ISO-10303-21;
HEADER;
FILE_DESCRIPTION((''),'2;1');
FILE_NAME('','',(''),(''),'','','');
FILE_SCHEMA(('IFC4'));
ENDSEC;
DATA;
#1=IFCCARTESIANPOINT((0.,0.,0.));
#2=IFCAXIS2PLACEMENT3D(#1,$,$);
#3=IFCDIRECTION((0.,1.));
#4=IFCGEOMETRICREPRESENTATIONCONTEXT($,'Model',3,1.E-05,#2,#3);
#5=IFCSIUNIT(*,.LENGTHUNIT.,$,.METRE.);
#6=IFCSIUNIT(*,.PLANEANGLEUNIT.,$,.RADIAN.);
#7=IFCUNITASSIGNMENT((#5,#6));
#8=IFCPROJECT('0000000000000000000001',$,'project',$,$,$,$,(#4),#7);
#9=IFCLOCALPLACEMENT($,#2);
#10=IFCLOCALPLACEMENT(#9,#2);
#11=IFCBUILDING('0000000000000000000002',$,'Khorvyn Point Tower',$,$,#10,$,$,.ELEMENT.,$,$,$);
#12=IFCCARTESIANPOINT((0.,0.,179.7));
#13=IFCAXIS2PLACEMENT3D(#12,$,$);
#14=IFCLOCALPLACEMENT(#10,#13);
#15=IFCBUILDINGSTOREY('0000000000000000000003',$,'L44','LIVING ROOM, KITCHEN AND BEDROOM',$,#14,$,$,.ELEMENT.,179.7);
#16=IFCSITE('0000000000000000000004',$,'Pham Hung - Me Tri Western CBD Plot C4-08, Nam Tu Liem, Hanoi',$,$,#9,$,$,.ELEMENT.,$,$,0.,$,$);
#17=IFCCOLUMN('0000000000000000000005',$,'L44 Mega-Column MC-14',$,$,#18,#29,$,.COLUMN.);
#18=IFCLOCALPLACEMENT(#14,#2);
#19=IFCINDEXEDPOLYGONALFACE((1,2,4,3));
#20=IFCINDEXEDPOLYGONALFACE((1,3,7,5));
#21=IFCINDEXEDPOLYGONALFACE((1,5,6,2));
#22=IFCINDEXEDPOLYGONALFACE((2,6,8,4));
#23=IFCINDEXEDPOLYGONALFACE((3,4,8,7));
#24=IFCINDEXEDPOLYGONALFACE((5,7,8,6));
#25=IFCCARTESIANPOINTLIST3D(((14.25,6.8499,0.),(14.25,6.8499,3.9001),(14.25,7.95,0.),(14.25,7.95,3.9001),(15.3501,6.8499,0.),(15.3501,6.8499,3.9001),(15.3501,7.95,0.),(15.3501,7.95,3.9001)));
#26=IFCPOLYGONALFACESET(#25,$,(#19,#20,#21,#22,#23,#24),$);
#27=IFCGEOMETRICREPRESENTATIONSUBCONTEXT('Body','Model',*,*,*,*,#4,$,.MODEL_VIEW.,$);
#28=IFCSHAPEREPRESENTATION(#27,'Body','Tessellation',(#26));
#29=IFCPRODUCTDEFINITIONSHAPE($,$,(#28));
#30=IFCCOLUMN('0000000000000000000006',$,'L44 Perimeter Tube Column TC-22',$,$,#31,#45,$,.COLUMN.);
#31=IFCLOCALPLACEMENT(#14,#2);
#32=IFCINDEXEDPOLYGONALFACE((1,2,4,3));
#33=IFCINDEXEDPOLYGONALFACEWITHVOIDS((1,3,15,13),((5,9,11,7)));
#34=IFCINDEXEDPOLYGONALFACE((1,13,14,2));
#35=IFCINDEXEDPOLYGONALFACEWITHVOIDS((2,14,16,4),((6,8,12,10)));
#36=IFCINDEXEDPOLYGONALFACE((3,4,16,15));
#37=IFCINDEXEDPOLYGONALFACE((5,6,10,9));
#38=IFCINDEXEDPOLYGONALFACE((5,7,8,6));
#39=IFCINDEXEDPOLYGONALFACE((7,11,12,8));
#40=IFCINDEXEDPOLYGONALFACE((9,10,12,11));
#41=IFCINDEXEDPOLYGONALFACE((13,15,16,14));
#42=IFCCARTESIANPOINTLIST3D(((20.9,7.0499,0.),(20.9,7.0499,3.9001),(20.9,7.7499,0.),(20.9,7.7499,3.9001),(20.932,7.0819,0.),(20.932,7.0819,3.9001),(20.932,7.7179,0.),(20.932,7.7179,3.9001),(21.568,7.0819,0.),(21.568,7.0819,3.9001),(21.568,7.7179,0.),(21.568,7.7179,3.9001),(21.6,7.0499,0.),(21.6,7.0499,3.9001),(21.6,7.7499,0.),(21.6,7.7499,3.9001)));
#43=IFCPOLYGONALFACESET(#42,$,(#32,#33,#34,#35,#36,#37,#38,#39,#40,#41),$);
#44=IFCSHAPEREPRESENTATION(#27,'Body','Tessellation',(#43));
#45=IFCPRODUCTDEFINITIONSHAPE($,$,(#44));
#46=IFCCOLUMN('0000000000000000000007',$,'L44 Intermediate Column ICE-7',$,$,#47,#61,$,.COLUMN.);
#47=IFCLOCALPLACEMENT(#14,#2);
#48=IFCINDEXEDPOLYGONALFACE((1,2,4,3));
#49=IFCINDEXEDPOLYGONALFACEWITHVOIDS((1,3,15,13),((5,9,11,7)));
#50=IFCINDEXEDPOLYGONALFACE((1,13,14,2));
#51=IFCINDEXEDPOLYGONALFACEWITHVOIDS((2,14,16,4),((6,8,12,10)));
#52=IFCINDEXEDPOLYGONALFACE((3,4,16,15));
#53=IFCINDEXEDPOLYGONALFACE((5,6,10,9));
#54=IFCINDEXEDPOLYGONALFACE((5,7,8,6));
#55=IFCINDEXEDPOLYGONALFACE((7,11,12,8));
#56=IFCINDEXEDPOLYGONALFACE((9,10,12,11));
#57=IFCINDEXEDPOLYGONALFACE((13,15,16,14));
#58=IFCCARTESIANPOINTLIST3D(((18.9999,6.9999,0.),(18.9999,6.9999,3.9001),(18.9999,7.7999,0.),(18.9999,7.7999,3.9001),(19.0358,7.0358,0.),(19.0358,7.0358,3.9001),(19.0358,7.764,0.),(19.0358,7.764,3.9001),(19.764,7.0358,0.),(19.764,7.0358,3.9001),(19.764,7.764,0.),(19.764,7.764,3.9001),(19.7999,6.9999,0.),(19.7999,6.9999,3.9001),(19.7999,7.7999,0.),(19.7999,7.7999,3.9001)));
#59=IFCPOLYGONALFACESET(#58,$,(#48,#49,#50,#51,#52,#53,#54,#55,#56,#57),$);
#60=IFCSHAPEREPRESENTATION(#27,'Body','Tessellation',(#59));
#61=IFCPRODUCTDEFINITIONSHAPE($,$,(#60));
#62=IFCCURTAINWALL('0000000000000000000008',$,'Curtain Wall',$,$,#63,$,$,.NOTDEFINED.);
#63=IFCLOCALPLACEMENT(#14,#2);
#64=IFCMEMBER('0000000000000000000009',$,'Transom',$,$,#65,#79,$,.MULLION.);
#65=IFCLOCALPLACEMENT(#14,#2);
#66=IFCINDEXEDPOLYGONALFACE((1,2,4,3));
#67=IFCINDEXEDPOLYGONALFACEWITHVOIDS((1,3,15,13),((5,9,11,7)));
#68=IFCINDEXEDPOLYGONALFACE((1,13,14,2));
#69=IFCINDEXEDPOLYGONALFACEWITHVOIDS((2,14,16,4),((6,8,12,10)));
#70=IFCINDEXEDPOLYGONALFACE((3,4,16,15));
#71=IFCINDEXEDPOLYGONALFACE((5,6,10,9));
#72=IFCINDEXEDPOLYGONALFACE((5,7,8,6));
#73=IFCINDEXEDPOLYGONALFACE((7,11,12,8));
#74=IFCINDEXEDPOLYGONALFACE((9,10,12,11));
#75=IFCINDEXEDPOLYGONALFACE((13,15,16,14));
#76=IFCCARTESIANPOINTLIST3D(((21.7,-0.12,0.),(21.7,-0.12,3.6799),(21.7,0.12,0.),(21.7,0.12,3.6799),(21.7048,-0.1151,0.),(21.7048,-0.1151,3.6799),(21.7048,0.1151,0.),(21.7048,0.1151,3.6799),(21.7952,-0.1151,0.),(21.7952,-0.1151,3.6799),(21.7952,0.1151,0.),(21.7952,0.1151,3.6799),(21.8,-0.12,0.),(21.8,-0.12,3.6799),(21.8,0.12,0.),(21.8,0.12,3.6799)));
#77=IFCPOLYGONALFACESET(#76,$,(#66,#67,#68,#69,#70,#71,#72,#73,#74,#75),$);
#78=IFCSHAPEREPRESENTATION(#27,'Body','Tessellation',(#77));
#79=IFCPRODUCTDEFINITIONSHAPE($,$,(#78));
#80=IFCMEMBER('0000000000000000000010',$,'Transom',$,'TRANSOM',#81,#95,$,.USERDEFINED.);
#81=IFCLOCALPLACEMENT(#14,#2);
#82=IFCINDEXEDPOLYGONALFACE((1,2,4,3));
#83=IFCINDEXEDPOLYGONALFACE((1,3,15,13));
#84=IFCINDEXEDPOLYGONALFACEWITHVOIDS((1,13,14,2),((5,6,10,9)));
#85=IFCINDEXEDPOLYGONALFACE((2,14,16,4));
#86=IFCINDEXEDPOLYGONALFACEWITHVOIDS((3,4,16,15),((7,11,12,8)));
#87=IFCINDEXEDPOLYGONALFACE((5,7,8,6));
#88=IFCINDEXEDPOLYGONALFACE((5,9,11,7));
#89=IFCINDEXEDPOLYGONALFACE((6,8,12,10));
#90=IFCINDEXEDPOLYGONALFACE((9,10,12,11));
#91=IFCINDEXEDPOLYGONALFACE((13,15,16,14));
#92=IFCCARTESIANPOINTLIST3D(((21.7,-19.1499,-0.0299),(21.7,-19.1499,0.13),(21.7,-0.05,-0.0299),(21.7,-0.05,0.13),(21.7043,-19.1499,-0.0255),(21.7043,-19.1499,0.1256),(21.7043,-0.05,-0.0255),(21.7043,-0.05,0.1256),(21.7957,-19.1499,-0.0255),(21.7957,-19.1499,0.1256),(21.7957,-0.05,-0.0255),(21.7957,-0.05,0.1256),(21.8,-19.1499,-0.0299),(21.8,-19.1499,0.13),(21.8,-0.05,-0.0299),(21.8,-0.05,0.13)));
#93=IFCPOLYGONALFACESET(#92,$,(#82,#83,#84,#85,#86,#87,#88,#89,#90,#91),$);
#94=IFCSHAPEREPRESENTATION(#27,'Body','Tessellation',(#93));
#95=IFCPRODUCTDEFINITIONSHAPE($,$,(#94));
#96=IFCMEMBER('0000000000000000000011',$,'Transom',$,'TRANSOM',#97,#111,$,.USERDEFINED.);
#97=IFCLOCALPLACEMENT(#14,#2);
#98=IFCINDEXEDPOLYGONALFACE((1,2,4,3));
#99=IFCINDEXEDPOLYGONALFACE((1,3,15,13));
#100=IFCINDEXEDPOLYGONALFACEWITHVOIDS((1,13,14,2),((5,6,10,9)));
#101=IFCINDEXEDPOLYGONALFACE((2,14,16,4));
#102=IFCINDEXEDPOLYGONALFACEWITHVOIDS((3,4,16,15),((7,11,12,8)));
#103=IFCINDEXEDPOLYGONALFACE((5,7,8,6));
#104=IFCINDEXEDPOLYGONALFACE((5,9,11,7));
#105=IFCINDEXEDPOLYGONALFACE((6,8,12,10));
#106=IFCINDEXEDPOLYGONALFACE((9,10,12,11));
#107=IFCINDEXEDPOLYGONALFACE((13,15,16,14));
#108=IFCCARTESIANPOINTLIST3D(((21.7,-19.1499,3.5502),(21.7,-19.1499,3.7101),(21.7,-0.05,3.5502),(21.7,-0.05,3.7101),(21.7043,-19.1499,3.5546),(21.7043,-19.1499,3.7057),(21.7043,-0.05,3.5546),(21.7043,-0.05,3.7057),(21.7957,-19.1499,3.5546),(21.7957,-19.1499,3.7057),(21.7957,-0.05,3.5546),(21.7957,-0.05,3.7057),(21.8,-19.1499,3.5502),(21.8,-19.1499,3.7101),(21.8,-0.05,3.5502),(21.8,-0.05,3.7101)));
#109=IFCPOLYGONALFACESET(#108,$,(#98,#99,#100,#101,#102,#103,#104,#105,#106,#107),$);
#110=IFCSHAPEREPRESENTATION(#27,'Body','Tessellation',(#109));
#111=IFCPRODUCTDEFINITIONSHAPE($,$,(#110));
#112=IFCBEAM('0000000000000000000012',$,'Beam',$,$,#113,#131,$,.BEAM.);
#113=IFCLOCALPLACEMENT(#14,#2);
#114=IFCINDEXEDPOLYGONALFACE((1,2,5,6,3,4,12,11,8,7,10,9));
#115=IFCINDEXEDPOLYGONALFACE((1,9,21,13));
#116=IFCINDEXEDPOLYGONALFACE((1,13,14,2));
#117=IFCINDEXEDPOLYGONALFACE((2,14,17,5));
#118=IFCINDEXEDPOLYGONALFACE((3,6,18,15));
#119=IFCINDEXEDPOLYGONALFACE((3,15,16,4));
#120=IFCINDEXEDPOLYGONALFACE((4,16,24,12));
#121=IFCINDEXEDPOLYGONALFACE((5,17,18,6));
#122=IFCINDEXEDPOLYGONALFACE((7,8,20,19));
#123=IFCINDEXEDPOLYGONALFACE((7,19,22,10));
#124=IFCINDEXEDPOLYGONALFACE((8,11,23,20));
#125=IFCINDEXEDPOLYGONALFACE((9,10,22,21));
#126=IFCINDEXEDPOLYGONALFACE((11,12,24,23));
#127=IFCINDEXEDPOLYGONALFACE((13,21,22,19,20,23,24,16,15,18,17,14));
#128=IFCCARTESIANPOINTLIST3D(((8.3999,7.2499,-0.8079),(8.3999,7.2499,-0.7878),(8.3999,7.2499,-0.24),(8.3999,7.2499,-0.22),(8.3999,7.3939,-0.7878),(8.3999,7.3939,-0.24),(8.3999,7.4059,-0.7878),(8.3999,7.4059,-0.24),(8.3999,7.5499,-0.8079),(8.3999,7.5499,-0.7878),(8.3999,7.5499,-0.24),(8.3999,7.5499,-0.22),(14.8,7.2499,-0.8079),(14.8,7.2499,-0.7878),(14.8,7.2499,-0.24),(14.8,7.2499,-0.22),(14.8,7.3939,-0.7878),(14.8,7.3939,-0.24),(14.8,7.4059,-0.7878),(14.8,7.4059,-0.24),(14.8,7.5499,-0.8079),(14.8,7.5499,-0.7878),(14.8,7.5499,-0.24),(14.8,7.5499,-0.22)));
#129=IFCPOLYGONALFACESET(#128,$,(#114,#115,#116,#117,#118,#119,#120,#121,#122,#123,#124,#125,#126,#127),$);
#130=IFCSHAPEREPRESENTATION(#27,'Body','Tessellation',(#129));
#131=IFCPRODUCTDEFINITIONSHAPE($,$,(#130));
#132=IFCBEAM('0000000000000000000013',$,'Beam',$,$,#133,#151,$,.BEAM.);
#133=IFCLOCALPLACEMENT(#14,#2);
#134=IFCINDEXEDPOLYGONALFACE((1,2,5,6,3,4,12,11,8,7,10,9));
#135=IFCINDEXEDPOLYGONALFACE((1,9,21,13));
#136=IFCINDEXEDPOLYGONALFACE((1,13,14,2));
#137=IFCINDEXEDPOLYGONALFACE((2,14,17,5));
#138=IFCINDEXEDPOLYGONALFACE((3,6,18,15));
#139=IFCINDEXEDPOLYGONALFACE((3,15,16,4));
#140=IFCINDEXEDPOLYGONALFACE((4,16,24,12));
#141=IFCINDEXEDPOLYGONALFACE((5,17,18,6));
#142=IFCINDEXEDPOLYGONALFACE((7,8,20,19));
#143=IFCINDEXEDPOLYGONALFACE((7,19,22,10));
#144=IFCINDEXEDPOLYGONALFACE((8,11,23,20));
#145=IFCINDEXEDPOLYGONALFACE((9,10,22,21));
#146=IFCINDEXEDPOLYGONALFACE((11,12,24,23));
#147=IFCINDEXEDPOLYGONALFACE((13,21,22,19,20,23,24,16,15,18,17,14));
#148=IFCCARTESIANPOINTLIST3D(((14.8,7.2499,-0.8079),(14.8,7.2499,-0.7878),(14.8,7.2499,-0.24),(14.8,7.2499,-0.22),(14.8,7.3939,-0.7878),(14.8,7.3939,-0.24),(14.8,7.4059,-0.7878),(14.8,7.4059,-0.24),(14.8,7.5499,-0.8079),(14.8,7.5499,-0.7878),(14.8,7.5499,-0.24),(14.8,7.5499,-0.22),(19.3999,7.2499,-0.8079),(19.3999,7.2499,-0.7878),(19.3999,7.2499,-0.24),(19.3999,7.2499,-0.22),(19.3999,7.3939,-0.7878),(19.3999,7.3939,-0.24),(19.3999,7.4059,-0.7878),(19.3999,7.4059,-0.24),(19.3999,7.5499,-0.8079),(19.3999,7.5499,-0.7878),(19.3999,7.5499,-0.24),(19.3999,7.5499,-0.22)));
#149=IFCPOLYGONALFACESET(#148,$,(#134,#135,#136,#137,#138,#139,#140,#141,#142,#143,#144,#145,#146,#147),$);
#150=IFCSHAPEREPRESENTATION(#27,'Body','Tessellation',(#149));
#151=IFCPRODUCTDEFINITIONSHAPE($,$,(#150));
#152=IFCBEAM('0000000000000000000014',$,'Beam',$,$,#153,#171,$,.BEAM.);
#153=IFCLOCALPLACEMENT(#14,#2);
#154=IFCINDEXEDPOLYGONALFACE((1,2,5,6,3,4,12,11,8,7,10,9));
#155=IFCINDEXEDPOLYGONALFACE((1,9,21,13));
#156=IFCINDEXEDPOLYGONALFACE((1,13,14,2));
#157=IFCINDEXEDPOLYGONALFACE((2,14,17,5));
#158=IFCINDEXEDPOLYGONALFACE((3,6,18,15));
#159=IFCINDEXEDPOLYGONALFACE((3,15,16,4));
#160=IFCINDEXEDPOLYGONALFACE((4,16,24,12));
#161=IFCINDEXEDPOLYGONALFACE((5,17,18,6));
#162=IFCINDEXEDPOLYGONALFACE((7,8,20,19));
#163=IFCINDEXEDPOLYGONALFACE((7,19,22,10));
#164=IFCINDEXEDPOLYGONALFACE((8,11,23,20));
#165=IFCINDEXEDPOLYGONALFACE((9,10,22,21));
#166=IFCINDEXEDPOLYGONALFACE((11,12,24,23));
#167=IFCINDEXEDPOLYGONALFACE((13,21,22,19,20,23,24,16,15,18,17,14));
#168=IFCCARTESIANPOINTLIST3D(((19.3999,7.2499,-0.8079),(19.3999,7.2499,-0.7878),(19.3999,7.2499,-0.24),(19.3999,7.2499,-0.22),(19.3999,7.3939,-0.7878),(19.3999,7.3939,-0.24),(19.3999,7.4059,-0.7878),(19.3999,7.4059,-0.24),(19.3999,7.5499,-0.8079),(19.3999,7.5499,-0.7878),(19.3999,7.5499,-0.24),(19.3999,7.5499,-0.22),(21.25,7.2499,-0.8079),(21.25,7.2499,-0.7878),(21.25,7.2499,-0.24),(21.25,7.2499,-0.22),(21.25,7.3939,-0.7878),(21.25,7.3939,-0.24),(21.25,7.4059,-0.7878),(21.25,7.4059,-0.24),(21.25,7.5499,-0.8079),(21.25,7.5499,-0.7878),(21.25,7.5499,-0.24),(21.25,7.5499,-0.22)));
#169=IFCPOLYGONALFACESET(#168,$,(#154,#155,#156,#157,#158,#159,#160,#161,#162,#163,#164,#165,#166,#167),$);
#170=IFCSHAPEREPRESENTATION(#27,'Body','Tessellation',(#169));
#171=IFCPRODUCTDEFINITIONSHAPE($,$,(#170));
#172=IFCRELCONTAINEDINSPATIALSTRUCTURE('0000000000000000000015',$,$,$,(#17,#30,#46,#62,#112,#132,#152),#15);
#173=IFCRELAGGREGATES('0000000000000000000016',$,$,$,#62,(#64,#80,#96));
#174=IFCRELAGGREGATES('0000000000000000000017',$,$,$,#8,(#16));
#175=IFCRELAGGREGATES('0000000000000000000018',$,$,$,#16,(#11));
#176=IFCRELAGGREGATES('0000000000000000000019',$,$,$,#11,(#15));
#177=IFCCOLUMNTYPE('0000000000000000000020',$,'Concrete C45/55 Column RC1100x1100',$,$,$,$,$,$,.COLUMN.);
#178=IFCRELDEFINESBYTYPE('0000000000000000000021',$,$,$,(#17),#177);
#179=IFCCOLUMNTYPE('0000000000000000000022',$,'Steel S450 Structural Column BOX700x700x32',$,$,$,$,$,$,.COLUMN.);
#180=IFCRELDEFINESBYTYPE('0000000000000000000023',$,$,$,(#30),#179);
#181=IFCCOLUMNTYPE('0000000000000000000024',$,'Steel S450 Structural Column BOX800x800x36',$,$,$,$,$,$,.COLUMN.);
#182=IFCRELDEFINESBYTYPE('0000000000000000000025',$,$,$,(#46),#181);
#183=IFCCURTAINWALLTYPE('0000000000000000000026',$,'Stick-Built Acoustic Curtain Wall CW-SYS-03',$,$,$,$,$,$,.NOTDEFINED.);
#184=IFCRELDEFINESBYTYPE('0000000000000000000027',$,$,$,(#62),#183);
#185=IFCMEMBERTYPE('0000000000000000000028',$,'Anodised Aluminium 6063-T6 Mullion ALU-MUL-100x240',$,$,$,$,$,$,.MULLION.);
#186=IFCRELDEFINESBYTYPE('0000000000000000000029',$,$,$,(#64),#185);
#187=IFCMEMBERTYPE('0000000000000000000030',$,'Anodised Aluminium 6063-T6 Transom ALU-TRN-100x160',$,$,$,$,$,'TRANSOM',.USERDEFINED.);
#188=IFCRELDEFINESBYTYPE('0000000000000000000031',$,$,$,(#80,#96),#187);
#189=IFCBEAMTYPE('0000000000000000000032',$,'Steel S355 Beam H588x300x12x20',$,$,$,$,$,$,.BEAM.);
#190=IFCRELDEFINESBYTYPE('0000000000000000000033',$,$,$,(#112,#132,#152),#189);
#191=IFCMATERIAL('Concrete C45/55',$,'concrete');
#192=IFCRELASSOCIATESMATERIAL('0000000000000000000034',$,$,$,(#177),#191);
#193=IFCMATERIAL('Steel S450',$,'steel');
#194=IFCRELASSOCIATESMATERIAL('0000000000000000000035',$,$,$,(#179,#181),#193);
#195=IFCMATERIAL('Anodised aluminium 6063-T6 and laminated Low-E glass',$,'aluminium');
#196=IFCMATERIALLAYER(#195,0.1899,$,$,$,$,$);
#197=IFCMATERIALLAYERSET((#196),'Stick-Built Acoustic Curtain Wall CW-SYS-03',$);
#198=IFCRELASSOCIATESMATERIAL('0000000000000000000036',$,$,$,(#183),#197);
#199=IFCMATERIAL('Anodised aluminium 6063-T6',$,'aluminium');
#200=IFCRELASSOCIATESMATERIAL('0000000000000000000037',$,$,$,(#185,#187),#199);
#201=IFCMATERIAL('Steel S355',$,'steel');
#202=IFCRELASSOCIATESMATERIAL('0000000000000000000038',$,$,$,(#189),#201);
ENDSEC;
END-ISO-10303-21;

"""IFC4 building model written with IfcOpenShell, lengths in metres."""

from ifc_helpers import new_model, si_unit, direction, frame, origin, origin_2d, place, context, subcontext, project, spatial, rectangle, hollow_rectangle, i_section, extrude, material, layer, layer_set, material_profile, profile_set, type_object, element, aggregate, save


model = new_model("IFC4")

# Units and contexts
model_context = context("Model", 3, precision=1e-05, world=origin(), true_north=direction((0.0, 1.0)))
body_context = subcontext(model_context, "Body", "Model", "MODEL_VIEW")
ifc_project = project(units=[si_unit("LENGTHUNIT", "METRE"), si_unit("PLANEANGLEUNIT", "RADIAN")], contexts=[model_context])

# Site, building, storey
site_placement = place(None, origin())
site = spatial("IfcSite", under=ifc_project, at=site_placement, Name="Pham Hung - Me Tri Western CBD Plot C4-08, Nam Tu Liem, Hanoi", CompositionType="ELEMENT", RefElevation=0.0)
building_placement = place(site_placement, origin())
building = spatial("IfcBuilding", under=site, at=building_placement, Name="Khorvyn Point Tower", CompositionType="ELEMENT")
storey_placement = place(building_placement, frame((0.0, 0.0, 179.7)))
storey = spatial("IfcBuildingStorey", under=building, at=storey_placement, Name="L44", Description="LIVING ROOM, KITCHEN AND BEDROOM", CompositionType="ELEMENT", Elevation=179.7)

# Columns
ifc_material_1 = material(Name="Concrete C45/55", Category="concrete")
ifc_material_profile_1 = material_profile(ifc_material_1, rectangle(XDim=1.1001, YDim=1.1001, at=origin_2d()))
ifc_profile_set_1 = profile_set([ifc_material_profile_1], Name="Concrete C45/55 RC1100x1100")
column_type_1 = type_object("IfcColumnType", Name="Concrete C45/55 Column RC1100x1100", PredefinedType="COLUMN", material=ifc_profile_set_1)
column_1_placement = place(storey_placement, frame((14.8, 7.3999, 0.0), z_axis=(0.0, 0.0, 1.0), x_axis=(1.0, 0.0, 0.0)))
element("IfcColumn", 1, at=column_1_placement, inside=storey, type_object=column_type_1, Name="L44 Mega-Column MC-14", PredefinedType="COLUMN", context=body_context, shape_type="SweptSolid", body=[
    extrude(rectangle(XDim=1.1001, YDim=1.1001, at=origin_2d()), origin(), (0.0, 0.0, 1.0), 3.9001),
])
ifc_material_2 = material(Name="Steel S450", Category="steel")
ifc_material_profile_2 = material_profile(ifc_material_2, hollow_rectangle(XDim=0.7, YDim=0.7, WallThickness=0.032, at=origin_2d()))
ifc_profile_set_2 = profile_set([ifc_material_profile_2], Name="Steel S450 BOX700x700x32")
column_type_2 = type_object("IfcColumnType", Name="Steel S450 Structural Column BOX700x700x32", PredefinedType="COLUMN", material=ifc_profile_set_2)
column_2_placement = place(storey_placement, frame((21.25, 7.3999, 0.0), z_axis=(0.0, 0.0, 1.0), x_axis=(1.0, 0.0, 0.0)))
element("IfcColumn", 2, at=column_2_placement, inside=storey, type_object=column_type_2, Name="L44 Perimeter Tube Column TC-22", PredefinedType="COLUMN", context=body_context, shape_type="SweptSolid", body=[
    extrude(hollow_rectangle(XDim=0.7, YDim=0.7, WallThickness=0.032, at=origin_2d()), origin(), (0.0, 0.0, 1.0), 3.9001),
])
ifc_material_profile_3 = material_profile(ifc_material_2, hollow_rectangle(XDim=0.8, YDim=0.8, WallThickness=0.0359, at=origin_2d()))
ifc_profile_set_3 = profile_set([ifc_material_profile_3], Name="Steel S450 BOX800x800x36")
column_type_3 = type_object("IfcColumnType", Name="Steel S450 Structural Column BOX800x800x36", PredefinedType="COLUMN", material=ifc_profile_set_3)
column_3_placement = place(storey_placement, frame((19.3999, 7.3999, 0.0), z_axis=(0.0, 0.0, 1.0), x_axis=(1.0, 0.0, 0.0)))
element("IfcColumn", 3, at=column_3_placement, inside=storey, type_object=column_type_3, Name="L44 Intermediate Column ICE-7", PredefinedType="COLUMN", context=body_context, shape_type="SweptSolid", body=[
    extrude(hollow_rectangle(XDim=0.8, YDim=0.8, WallThickness=0.0359, at=origin_2d()), origin(), (0.0, 0.0, 1.0), 3.9001),
])

# Curtain wall, members
ifc_material_3 = material(Name="Anodised aluminium 6063-T6 and laminated Low-E glass", Category="aluminium")
ifc_layer_1 = layer(ifc_material_3, 0.1899)
ifc_layer_set_1 = layer_set([ifc_layer_1], Name="Stick-Built Acoustic Curtain Wall CW-SYS-03")
curtain_wall_type = type_object("IfcCurtainWallType", Name="Stick-Built Acoustic Curtain Wall CW-SYS-03", PredefinedType="NOTDEFINED", material=ifc_layer_set_1)
curtain_wall_placement = place(storey_placement, origin())
curtain_wall = element("IfcCurtainWall", 4, at=curtain_wall_placement, inside=storey, type_object=curtain_wall_type, Name="Curtain Wall", PredefinedType="NOTDEFINED")
ifc_material_4 = material(Name="Anodised aluminium 6063-T6", Category="aluminium")
ifc_material_profile_4 = material_profile(ifc_material_4, hollow_rectangle(XDim=0.1001, YDim=0.24, WallThickness=0.0049, at=origin_2d()))
ifc_profile_set_4 = profile_set([ifc_material_profile_4], Name="Anodised aluminium 6063-T6 ALU-MUL-100x240")
member_type_1 = type_object("IfcMemberType", Name="Anodised Aluminium 6063-T6 Mullion ALU-MUL-100x240", PredefinedType="MULLION", material=ifc_profile_set_4)
member_1_placement = place(storey_placement, frame((21.75, 0.0, 0.0), z_axis=(0.0, 0.0, 1.0), x_axis=(1.0, 0.0, 0.0)))
member_1 = element("IfcMember", 5, at=member_1_placement, type_object=member_type_1, Name="Transom", PredefinedType="MULLION", context=body_context, shape_type="SweptSolid", body=[
    extrude(hollow_rectangle(XDim=0.1001, YDim=0.24, WallThickness=0.0049, at=origin_2d()), origin(), (0.0, 0.0, 1.0), 3.6799),
])
ifc_material_profile_5 = material_profile(ifc_material_4, hollow_rectangle(XDim=0.1001, YDim=0.1599, WallThickness=0.0044, at=origin_2d()))
ifc_profile_set_5 = profile_set([ifc_material_profile_5], Name="Anodised aluminium 6063-T6 ALU-TRN-100x160")
member_type_2 = type_object("IfcMemberType", Name="Anodised Aluminium 6063-T6 Transom ALU-TRN-100x160", ElementType="TRANSOM", PredefinedType="USERDEFINED", material=ifc_profile_set_5)
member_2_placement = place(storey_placement, frame((21.75, -0.05, 0.05), z_axis=(0.0, -1.0, 0.0), x_axis=(1.0, 0.0, 0.0)))
member_2 = element("IfcMember", 6, at=member_2_placement, type_object=member_type_2, Name="Transom", ObjectType="TRANSOM", PredefinedType="USERDEFINED", context=body_context, shape_type="SweptSolid", body=[
    extrude(hollow_rectangle(XDim=0.1001, YDim=0.1599, WallThickness=0.0044, at=origin_2d()), origin(), (0.0, 0.0, 1.0), 19.0999),
])
member_3_placement = place(storey_placement, frame((21.75, -0.05, 3.6301), z_axis=(0.0, -1.0, 0.0), x_axis=(1.0, 0.0, 0.0)))
member_3 = element("IfcMember", 7, at=member_3_placement, type_object=member_type_2, Name="Transom", ObjectType="TRANSOM", PredefinedType="USERDEFINED", context=body_context, shape_type="SweptSolid", body=[
    extrude(hollow_rectangle(XDim=0.1001, YDim=0.1599, WallThickness=0.0044, at=origin_2d()), origin(), (0.0, 0.0, 1.0), 19.0999),
])

# Beams
ifc_material_5 = material(Name="Steel S355", Category="steel")
ifc_material_profile_6 = material_profile(ifc_material_5, i_section(OverallWidth=0.3, OverallDepth=0.5879, WebThickness=0.012, FlangeThickness=0.02, at=origin_2d()))
ifc_profile_set_6 = profile_set([ifc_material_profile_6], Name="Steel S355 H588x300x12x20")
beam_type_1 = type_object("IfcBeamType", Name="Steel S355 Beam H588x300x12x20", PredefinedType="BEAM", material=ifc_profile_set_6)
beam_1_placement = place(storey_placement, frame((8.3999, 7.3999, -0.5139), z_axis=(1.0, 0.0, 0.0), x_axis=(0.0, 1.0, 0.0)))
element("IfcBeam", 8, at=beam_1_placement, inside=storey, type_object=beam_type_1, Name="Beam", PredefinedType="BEAM", context=body_context, shape_type="SweptSolid", body=[
    extrude(i_section(OverallWidth=0.3, OverallDepth=0.5879, WebThickness=0.012, FlangeThickness=0.02, at=origin_2d()), origin(), (0.0, 0.0, 1.0), 6.4001),
])
beam_2_placement = place(storey_placement, frame((14.8, 7.3999, -0.5139), z_axis=(1.0, 0.0, 0.0), x_axis=(0.0, 1.0, 0.0)))
element("IfcBeam", 9, at=beam_2_placement, inside=storey, type_object=beam_type_1, Name="Beam", PredefinedType="BEAM", context=body_context, shape_type="SweptSolid", body=[
    extrude(i_section(OverallWidth=0.3, OverallDepth=0.5879, WebThickness=0.012, FlangeThickness=0.02, at=origin_2d()), origin(), (0.0, 0.0, 1.0), 4.5999),
])
beam_3_placement = place(storey_placement, frame((19.3999, 7.3999, -0.5139), z_axis=(1.0, 0.0, 0.0), x_axis=(0.0, 1.0, 0.0)))
element("IfcBeam", 10, at=beam_3_placement, inside=storey, type_object=beam_type_1, Name="Beam", PredefinedType="BEAM", context=body_context, shape_type="SweptSolid", body=[
    extrude(i_section(OverallWidth=0.3, OverallDepth=0.5879, WebThickness=0.012, FlangeThickness=0.02, at=origin_2d()), origin(), (0.0, 0.0, 1.0), 1.8501),
])

aggregate(curtain_wall, [member_1, member_2, member_3])

save(model, "model.ifc")
